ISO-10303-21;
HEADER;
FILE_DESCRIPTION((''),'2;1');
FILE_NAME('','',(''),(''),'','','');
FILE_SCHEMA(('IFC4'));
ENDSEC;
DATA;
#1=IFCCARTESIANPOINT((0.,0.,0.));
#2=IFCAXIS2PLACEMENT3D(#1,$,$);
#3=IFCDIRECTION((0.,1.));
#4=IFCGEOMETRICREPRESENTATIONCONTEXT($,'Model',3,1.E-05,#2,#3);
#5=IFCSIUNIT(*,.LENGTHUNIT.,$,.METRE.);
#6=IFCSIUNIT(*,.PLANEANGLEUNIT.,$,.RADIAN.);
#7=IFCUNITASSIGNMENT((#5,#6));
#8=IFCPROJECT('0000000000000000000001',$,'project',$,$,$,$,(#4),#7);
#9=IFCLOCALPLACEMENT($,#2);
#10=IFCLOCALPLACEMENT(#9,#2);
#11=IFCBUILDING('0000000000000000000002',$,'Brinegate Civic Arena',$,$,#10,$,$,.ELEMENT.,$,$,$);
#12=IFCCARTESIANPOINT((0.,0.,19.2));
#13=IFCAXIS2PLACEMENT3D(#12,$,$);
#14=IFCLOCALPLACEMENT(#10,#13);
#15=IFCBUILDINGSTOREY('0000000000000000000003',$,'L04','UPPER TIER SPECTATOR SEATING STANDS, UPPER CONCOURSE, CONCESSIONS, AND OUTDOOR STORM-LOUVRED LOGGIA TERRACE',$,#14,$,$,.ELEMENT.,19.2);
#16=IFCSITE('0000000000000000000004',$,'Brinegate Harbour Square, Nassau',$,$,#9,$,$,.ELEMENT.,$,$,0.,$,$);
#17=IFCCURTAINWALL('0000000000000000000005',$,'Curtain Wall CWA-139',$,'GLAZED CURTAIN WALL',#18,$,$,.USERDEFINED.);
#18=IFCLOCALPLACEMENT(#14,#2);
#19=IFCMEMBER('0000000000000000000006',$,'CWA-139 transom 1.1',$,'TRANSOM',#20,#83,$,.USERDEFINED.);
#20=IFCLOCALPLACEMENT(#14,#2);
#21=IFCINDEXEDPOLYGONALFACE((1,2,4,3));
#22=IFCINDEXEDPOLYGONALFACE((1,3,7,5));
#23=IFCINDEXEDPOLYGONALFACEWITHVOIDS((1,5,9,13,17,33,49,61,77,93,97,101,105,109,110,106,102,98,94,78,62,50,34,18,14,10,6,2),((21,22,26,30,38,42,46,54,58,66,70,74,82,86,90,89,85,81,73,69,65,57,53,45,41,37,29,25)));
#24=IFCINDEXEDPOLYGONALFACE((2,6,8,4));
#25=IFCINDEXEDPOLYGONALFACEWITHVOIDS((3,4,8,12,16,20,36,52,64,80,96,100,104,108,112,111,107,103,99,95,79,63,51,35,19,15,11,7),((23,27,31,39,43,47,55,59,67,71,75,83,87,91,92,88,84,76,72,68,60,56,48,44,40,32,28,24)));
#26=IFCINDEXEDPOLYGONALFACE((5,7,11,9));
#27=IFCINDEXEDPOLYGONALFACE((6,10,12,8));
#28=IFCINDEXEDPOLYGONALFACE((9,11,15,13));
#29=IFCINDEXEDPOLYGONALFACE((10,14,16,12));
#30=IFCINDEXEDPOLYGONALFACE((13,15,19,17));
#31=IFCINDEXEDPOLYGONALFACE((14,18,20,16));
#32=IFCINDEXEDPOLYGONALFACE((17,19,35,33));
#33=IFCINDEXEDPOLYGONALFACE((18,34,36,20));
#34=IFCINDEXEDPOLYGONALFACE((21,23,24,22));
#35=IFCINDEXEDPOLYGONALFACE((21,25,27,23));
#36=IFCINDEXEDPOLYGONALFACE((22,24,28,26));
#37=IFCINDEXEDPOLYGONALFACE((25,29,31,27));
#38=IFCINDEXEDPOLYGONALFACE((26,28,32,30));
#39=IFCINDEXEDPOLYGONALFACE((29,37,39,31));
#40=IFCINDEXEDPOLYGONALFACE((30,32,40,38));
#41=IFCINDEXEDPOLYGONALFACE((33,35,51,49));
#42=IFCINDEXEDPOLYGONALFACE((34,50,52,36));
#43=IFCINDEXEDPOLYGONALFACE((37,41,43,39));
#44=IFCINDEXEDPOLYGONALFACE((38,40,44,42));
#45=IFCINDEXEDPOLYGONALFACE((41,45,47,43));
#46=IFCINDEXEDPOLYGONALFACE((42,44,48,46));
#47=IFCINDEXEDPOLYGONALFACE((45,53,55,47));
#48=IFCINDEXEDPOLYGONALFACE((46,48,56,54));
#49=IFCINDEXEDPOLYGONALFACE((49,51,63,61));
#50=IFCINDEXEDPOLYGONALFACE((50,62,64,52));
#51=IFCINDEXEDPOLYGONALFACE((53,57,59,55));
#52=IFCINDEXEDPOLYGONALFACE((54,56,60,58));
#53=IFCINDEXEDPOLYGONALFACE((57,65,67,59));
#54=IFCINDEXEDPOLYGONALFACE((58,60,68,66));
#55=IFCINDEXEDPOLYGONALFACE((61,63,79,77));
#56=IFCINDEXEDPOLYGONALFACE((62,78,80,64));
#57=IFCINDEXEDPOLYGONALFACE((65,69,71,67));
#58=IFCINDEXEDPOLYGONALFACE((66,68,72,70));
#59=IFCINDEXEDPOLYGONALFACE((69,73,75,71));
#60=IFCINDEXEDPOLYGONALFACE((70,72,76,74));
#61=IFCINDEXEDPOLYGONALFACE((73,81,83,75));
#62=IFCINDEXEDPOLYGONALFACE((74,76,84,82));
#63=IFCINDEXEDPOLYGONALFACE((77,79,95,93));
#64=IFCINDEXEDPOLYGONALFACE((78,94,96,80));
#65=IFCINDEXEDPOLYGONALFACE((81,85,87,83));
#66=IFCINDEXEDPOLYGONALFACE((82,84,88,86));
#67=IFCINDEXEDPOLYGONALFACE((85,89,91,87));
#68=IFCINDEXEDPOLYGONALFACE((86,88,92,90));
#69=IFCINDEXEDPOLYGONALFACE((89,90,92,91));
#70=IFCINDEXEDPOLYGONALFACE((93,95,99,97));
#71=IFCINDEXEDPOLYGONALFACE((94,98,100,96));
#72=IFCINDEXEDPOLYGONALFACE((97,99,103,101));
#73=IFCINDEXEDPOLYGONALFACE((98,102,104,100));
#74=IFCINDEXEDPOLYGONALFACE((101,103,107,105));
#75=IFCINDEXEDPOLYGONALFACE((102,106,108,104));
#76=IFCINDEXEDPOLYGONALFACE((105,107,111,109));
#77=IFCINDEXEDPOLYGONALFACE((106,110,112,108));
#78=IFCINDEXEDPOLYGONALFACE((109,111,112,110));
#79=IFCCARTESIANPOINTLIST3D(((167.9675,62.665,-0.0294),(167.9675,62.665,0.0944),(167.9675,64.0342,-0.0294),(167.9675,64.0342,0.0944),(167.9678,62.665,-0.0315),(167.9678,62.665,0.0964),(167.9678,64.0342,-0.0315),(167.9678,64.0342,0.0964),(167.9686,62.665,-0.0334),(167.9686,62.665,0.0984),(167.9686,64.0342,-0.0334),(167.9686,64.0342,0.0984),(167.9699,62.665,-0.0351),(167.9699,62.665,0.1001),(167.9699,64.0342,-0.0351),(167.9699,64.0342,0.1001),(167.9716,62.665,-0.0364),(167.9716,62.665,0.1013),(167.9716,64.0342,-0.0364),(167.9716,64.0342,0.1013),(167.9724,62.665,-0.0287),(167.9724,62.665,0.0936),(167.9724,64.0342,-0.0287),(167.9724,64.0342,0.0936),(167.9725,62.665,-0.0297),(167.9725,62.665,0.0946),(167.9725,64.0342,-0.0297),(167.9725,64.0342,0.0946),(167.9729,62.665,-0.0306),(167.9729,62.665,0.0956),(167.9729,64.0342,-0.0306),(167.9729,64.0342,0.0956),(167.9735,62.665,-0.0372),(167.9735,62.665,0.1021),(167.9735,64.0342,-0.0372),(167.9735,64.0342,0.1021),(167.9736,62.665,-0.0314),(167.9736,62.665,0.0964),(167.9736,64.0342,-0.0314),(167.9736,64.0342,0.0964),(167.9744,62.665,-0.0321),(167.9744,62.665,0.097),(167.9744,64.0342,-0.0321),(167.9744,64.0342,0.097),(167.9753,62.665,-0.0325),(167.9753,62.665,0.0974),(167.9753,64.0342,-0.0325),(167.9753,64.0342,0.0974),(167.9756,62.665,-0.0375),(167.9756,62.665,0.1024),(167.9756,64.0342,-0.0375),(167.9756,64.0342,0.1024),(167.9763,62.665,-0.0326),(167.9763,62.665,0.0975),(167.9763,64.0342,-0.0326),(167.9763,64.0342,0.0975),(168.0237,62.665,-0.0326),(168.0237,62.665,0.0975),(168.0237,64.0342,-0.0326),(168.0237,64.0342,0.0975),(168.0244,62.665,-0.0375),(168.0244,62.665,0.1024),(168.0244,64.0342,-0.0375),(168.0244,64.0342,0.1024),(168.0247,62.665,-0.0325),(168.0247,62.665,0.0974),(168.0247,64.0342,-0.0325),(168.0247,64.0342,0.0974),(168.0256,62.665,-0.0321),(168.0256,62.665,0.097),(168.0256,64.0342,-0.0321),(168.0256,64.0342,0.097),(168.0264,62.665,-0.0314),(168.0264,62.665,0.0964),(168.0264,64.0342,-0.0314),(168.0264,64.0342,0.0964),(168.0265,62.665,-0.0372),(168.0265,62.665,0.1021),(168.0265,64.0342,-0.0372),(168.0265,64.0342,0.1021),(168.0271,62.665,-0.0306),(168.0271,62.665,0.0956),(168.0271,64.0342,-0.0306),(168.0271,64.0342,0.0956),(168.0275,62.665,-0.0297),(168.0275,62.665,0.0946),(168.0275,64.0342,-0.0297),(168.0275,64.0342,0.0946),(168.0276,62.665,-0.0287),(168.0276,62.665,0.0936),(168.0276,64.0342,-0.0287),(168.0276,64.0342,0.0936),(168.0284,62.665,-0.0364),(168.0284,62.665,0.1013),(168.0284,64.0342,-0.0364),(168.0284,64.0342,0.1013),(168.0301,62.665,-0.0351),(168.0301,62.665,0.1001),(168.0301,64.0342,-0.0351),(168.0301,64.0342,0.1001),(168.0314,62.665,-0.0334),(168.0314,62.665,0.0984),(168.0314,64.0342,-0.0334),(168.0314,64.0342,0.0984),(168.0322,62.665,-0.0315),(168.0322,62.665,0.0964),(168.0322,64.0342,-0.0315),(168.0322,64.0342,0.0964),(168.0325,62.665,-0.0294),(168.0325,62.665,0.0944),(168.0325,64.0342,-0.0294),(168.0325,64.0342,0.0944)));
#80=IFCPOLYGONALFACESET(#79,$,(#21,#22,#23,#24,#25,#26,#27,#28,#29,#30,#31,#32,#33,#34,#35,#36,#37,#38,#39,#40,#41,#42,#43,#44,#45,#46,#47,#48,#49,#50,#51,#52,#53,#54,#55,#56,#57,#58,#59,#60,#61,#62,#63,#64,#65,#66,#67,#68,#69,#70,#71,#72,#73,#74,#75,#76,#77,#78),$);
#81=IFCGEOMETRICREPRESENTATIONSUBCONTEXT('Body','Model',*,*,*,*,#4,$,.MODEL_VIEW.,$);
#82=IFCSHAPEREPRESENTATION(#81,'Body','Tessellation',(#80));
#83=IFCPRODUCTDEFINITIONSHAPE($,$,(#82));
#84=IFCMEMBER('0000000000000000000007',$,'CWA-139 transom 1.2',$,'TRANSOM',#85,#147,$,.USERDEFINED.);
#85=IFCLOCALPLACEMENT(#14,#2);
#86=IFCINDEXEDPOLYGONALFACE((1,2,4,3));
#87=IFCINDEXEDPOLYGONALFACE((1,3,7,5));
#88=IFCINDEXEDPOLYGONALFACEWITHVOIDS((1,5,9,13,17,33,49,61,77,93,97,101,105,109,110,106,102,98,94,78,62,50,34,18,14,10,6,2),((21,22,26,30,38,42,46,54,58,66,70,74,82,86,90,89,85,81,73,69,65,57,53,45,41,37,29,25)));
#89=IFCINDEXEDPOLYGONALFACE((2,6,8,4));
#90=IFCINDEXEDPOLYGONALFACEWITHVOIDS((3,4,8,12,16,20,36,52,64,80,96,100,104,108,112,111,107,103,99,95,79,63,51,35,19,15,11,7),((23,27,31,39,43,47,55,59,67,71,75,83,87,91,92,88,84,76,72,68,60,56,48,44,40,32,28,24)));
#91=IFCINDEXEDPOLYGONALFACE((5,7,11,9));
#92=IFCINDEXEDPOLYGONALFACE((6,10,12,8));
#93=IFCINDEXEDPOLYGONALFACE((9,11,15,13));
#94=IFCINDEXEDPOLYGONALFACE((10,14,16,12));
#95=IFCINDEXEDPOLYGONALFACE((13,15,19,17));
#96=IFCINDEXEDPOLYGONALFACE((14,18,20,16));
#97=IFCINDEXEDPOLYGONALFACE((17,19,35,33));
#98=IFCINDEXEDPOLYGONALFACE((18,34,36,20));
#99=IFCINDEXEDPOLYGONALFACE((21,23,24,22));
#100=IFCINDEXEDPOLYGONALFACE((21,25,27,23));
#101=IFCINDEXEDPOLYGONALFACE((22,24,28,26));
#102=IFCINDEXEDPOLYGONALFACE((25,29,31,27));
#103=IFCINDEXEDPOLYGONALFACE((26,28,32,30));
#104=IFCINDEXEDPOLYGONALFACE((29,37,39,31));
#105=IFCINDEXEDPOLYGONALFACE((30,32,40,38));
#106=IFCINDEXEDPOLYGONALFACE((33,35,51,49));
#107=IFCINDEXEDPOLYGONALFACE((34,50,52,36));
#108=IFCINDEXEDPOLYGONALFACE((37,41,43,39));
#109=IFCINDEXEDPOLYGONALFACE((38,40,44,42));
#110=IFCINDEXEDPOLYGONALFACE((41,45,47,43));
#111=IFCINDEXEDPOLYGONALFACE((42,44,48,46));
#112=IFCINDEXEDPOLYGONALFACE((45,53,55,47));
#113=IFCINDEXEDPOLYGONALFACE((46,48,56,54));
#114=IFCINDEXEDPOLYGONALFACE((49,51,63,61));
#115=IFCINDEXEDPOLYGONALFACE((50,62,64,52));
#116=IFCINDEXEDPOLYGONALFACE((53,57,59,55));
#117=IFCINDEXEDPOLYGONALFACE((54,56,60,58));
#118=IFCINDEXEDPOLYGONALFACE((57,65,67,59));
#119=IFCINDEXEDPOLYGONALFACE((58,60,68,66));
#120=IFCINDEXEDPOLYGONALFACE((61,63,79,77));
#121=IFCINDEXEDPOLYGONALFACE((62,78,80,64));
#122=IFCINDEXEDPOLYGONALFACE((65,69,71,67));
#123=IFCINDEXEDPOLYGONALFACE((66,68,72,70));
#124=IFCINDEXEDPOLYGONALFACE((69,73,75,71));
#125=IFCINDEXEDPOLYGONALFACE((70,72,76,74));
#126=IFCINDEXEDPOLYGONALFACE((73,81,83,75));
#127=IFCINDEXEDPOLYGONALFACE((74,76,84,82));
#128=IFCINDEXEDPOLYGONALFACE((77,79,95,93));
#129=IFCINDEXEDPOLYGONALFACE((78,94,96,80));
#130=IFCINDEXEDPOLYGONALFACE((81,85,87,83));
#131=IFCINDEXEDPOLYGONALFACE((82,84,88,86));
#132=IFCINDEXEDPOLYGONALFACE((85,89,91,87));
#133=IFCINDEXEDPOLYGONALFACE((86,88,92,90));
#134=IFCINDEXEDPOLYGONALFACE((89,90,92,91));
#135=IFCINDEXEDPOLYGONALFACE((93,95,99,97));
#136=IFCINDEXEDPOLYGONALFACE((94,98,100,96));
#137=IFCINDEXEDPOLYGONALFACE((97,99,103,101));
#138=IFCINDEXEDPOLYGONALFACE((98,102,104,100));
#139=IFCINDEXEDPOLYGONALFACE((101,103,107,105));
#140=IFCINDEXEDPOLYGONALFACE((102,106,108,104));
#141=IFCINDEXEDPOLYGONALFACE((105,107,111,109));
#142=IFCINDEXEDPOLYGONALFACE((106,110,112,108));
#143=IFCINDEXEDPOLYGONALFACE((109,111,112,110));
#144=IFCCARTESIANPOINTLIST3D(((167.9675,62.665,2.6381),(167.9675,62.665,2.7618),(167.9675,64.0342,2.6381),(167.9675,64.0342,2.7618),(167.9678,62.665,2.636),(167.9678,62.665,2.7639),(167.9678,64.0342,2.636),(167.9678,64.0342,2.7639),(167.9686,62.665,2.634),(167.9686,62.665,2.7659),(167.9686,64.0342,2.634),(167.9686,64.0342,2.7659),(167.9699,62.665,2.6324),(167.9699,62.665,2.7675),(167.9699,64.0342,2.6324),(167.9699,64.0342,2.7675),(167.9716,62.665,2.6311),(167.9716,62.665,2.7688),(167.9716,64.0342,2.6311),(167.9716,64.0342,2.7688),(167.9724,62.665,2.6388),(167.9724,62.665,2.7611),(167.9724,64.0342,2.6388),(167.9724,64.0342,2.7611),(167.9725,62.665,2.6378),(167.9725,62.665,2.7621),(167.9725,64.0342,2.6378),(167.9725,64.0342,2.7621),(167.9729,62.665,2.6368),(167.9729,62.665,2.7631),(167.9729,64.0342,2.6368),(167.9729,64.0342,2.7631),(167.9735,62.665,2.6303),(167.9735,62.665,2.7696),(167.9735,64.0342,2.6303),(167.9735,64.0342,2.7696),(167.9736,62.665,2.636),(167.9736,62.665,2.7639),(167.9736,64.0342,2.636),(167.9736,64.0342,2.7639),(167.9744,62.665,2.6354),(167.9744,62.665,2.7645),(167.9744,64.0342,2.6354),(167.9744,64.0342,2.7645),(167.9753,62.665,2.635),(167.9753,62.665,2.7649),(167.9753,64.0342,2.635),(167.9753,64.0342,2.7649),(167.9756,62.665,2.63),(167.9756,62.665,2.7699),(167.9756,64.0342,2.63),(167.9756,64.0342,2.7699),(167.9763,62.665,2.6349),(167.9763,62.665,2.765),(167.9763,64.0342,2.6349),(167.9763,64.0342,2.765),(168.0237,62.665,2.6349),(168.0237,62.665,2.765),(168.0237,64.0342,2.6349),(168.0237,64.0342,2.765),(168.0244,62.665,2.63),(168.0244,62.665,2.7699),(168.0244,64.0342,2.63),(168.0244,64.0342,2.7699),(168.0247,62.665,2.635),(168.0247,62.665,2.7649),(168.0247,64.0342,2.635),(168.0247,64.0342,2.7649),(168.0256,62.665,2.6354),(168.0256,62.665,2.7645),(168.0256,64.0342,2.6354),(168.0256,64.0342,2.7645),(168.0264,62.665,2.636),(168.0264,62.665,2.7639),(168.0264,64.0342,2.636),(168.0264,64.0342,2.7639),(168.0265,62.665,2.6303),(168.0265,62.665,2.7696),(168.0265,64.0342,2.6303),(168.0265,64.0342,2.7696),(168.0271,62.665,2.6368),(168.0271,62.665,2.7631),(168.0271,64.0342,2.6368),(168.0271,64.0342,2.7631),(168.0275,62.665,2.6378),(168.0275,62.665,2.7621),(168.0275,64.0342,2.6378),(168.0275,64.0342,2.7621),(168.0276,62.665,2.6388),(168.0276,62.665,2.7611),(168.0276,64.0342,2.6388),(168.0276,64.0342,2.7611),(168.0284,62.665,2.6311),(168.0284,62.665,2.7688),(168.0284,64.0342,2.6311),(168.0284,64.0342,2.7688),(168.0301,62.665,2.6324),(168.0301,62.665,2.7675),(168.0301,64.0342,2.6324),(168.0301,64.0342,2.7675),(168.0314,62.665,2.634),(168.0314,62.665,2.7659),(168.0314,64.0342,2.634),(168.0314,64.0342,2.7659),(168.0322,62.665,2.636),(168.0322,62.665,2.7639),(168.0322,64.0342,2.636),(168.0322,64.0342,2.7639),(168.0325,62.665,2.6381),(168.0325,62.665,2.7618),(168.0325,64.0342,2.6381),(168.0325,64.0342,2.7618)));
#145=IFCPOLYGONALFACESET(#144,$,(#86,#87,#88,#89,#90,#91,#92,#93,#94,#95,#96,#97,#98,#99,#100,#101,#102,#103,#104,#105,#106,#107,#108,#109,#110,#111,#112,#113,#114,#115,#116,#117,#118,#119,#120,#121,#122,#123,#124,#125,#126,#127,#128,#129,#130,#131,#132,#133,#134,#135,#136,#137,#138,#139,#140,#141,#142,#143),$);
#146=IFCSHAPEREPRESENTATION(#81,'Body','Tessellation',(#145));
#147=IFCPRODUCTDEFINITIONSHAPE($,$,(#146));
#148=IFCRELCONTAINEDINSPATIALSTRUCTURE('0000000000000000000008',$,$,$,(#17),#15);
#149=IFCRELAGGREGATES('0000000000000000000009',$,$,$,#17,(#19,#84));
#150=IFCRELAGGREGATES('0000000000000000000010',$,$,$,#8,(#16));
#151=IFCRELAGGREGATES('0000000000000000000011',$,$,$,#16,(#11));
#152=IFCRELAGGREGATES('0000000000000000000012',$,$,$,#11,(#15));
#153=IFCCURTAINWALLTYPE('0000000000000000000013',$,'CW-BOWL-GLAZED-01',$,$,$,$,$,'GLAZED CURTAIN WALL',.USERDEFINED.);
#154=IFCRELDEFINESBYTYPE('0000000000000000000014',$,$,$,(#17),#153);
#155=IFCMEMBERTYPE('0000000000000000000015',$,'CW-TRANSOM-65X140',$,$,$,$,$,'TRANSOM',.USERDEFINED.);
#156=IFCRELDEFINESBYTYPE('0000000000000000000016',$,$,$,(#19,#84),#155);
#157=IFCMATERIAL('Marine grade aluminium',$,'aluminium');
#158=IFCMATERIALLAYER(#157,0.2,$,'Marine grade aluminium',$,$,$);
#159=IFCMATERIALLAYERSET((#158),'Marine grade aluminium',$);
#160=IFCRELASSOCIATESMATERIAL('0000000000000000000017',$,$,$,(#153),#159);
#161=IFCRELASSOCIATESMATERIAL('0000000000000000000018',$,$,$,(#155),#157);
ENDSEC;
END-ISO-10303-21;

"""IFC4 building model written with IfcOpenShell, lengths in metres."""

from ifc_helpers import new_model, si_unit, direction, frame, origin, origin_2d, place, context, subcontext, project, spatial, hollow_rectangle, extrude, material, layer, layer_set, material_profile, profile_set, type_object, element, aggregate, save


model = new_model("IFC4")

# Units and contexts
model_context = context("Model", 3, precision=1e-05, world=origin(), true_north=direction((0.0, 1.0)))
body_context = subcontext(model_context, "Body", "Model", "MODEL_VIEW")
ifc_project = project(units=[si_unit("LENGTHUNIT", "METRE"), si_unit("PLANEANGLEUNIT", "RADIAN")], contexts=[model_context])

# Site, building, storey
site_placement = place(None, origin())
site = spatial("IfcSite", under=ifc_project, at=site_placement, Name="Brinegate Harbour Square, Nassau", CompositionType="ELEMENT", RefElevation=0.0)
building_placement = place(site_placement, origin())
building = spatial("IfcBuilding", under=site, at=building_placement, Name="Brinegate Civic Arena", CompositionType="ELEMENT")
storey_placement = place(building_placement, frame((0.0, 0.0, 19.2)))
storey = spatial("IfcBuildingStorey", under=building, at=storey_placement, Name="L04", Description="UPPER TIER SPECTATOR SEATING STANDS, UPPER CONCOURSE, CONCESSIONS, AND OUTDOOR STORM-LOUVRED LOGGIA TERRACE", CompositionType="ELEMENT", Elevation=19.2)

# Shared definitions
ifc_material_1 = material(Name="Marine grade aluminium", Category="aluminium")
ifc_layer_1 = layer(ifc_material_1, 0.2, Name="Marine grade aluminium")
ifc_layer_set_1 = layer_set([ifc_layer_1], Name="Marine grade aluminium")
curtain_wall_type = type_object("IfcCurtainWallType", Name="CW-BOWL-GLAZED-01", ElementType="GLAZED CURTAIN WALL", PredefinedType="USERDEFINED", material=ifc_layer_set_1)

# Curtain wall, members
curtain_wall_1_placement = place(storey_placement, origin())
curtain_wall_1 = element("IfcCurtainWall", 1, at=curtain_wall_1_placement, inside=storey, type_object=curtain_wall_type, Name="Curtain Wall CWA-139", ObjectType="GLAZED CURTAIN WALL", PredefinedType="USERDEFINED")
ifc_material_profile_1 = material_profile(ifc_material_1, hollow_rectangle(XDim=0.0649, YDim=0.1399, WallThickness=0.0049, InnerFilletRadius=0.0039, OuterFilletRadius=0.0081, at=origin_2d()), Name="TRN65X140")
ifc_profile_set_1 = profile_set([ifc_material_profile_1], Name="Marine grade aluminium")
member_type_1 = type_object("IfcMemberType", Name="CW-TRANSOM-65X140", ElementType="TRANSOM", PredefinedType="USERDEFINED", material=ifc_profile_set_1)
member_1_placement = place(storey_placement, frame((168.0, 62.665, 0.0325), z_axis=(0.0, 1.0, 0.0), x_axis=(-1.0, 0.0, 0.0)))
member_1 = element("IfcMember", 2, at=member_1_placement, type_object=member_type_1, Name="CWA-139 transom 1.1", ObjectType="TRANSOM", PredefinedType="USERDEFINED", context=body_context, shape_type="SweptSolid", body=[
    extrude(hollow_rectangle(XDim=0.0649, YDim=0.1399, WallThickness=0.0049, InnerFilletRadius=0.0039, OuterFilletRadius=0.0081, at=origin_2d()), origin(), (0.0, 0.0, 1.0), 1.3691),
])
member_2_placement = place(storey_placement, frame((168.0, 62.665, 2.7), z_axis=(0.0, 1.0, 0.0), x_axis=(-1.0, 0.0, 0.0)))
member_2 = element("IfcMember", 3, at=member_2_placement, type_object=member_type_1, Name="CWA-139 transom 1.2", ObjectType="TRANSOM", PredefinedType="USERDEFINED", context=body_context, shape_type="SweptSolid", body=[
    extrude(hollow_rectangle(XDim=0.0649, YDim=0.1399, WallThickness=0.0049, InnerFilletRadius=0.0039, OuterFilletRadius=0.0081, at=origin_2d()), origin(), (0.0, 0.0, 1.0), 1.3691),
])

aggregate(curtain_wall_1, [member_1, member_2])

save(model, "model.ifc")
